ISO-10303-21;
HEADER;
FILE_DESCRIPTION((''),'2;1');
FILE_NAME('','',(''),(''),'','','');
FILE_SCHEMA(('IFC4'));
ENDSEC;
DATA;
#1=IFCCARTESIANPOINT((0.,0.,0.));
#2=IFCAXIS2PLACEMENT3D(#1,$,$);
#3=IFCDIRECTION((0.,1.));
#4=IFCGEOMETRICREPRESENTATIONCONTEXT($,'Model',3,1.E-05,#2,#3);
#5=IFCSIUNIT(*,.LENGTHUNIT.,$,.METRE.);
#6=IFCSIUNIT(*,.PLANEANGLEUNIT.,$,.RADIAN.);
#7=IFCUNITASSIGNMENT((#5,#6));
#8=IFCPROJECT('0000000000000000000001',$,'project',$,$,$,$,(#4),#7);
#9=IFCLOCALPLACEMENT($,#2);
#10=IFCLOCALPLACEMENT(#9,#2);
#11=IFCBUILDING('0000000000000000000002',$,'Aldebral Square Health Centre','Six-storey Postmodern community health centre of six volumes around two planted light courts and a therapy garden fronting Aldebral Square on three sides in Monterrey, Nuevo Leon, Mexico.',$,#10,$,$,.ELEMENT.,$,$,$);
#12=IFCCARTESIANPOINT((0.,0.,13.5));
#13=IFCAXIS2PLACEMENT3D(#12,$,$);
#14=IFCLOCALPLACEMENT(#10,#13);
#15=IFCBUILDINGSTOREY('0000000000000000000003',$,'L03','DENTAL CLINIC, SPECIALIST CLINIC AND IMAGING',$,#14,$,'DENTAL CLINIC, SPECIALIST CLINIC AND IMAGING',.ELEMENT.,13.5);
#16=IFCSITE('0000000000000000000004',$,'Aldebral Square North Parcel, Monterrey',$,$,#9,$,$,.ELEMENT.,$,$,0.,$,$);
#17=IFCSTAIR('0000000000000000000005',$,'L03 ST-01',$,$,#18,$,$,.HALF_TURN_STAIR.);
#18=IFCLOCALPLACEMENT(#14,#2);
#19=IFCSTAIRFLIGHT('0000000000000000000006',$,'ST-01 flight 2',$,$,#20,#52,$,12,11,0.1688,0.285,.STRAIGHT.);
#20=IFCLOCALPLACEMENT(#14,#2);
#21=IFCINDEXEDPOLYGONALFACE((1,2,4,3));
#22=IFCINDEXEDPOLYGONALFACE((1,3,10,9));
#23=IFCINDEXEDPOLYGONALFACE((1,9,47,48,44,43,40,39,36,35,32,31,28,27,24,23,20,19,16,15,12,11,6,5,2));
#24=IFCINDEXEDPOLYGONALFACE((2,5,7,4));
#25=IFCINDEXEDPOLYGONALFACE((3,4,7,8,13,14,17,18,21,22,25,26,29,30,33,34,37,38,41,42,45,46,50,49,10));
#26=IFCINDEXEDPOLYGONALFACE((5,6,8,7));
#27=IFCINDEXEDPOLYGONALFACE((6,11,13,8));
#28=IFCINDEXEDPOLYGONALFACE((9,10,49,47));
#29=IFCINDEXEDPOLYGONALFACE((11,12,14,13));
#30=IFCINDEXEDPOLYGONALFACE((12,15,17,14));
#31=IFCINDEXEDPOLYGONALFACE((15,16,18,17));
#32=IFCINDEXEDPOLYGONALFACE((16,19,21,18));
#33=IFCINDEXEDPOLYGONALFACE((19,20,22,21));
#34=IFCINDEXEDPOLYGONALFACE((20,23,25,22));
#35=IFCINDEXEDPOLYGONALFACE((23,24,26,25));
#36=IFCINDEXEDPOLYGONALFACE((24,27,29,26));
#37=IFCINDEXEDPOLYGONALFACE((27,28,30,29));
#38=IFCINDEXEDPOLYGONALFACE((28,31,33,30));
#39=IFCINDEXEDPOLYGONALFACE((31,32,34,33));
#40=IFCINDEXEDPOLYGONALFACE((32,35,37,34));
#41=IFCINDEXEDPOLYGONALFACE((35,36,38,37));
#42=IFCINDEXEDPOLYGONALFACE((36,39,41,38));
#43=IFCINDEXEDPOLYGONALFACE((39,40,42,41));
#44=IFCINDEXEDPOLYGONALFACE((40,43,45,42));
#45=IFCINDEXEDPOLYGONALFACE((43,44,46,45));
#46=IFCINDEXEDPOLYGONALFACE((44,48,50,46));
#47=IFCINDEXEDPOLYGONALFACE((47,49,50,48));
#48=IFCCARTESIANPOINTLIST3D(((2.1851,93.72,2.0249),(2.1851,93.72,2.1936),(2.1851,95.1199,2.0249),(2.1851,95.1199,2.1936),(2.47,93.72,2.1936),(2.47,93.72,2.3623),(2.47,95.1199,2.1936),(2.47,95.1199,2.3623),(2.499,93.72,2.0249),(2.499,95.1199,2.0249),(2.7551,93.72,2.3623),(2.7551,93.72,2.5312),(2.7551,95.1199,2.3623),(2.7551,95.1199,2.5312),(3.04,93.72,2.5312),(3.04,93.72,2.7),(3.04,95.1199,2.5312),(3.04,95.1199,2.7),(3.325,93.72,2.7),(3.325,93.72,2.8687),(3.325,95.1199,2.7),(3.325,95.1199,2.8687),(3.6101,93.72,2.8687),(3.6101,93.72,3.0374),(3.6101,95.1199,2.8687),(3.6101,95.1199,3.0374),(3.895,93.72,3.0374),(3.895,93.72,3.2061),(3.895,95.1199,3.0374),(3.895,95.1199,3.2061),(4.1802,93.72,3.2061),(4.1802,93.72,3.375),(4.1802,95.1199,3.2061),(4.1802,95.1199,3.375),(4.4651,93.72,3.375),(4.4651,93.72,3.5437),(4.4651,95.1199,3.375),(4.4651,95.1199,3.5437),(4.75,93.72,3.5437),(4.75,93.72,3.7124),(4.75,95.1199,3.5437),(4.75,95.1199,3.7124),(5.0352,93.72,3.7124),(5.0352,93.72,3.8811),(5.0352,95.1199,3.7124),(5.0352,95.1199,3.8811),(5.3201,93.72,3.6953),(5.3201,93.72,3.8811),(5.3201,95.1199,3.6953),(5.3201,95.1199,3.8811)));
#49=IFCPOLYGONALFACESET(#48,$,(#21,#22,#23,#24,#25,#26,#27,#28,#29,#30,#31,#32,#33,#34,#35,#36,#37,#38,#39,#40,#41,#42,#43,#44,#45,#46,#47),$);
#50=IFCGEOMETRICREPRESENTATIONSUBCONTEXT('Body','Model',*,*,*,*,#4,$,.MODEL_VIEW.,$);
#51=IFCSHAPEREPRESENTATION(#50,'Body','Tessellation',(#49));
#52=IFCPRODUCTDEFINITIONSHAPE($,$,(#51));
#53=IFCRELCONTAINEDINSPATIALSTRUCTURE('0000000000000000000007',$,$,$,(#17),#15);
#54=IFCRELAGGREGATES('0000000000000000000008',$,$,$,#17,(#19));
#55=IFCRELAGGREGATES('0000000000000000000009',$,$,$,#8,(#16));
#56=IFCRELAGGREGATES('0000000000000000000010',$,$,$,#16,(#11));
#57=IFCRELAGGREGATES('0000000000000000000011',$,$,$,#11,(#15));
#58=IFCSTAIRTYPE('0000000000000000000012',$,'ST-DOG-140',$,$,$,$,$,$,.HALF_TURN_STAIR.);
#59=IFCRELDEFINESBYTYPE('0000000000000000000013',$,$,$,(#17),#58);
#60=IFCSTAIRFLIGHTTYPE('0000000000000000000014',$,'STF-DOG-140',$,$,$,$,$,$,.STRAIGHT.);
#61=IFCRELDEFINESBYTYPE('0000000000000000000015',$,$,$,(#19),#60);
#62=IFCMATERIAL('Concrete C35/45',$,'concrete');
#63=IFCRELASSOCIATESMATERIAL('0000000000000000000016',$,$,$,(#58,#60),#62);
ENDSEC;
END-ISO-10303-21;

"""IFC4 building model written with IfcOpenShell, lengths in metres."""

from ifc_helpers import new_model, si_unit, direction, frame, origin, place, context, subcontext, project, spatial, polyline, outline, extrude, material, type_object, element, aggregate, save


model = new_model("IFC4")

# Units and contexts
model_context = context("Model", 3, precision=1e-05, world=origin(), true_north=direction((0.0, 1.0)))
body_context = subcontext(model_context, "Body", "Model", "MODEL_VIEW")
ifc_project = project(units=[si_unit("LENGTHUNIT", "METRE"), si_unit("PLANEANGLEUNIT", "RADIAN")], contexts=[model_context])

# Site, building, storey
site_placement = place(None, origin())
site = spatial("IfcSite", under=ifc_project, at=site_placement, Name="Aldebral Square North Parcel, Monterrey", CompositionType="ELEMENT", RefElevation=0.0)
building_placement = place(site_placement, origin())
building = spatial("IfcBuilding", under=site, at=building_placement, Name="Aldebral Square Health Centre", Description="Six-storey Postmodern community health centre of six volumes around two planted light courts and a therapy garden fronting Aldebral Square on three sides in Monterrey, Nuevo Leon, Mexico.", CompositionType="ELEMENT")
storey_placement = place(building_placement, frame((0.0, 0.0, 13.5)))
storey = spatial("IfcBuildingStorey", under=building, at=storey_placement, Name="L03", Description="DENTAL CLINIC, SPECIALIST CLINIC AND IMAGING", LongName="DENTAL CLINIC, SPECIALIST CLINIC AND IMAGING", CompositionType="ELEMENT", Elevation=13.5)

# Stair, stair flight
ifc_material_1 = material(Name="Concrete C35/45", Category="concrete")
stair_type = type_object("IfcStairType", Name="ST-DOG-140", PredefinedType="HALF_TURN_STAIR", material=ifc_material_1)
stair_placement = place(storey_placement, origin())
stair = element("IfcStair", 1, at=stair_placement, inside=storey, type_object=stair_type, Name="L03 ST-01", PredefinedType="HALF_TURN_STAIR")
stair_flight_type = type_object("IfcStairFlightType", Name="STF-DOG-140", PredefinedType="STRAIGHT", material=ifc_material_1)
stair_flight_1_placement = place(storey_placement, frame((2.1851, 94.4199, 2.0249), z_axis=(0.0, 0.0, 1.0), x_axis=(1.0, 0.0, 0.0)))
stair_flight_1 = element("IfcStairFlight", 2, at=stair_flight_1_placement, type_object=stair_flight_type, Name="ST-01 flight 2", NumberOfRisers=12, NumberOfTreads=11, PredefinedType="STRAIGHT", RiserHeight=0.1688, TreadLength=0.285, context=body_context, shape_type="SweptSolid", body=[
    extrude(outline(polyline([(0.0, 0.0), (0.0, 0.1687), (0.2849, 0.1687), (0.2849, 0.3374), (0.5701, 0.3374), (0.5701, 0.5063), (0.855, 0.5063), (0.855, 0.675), (1.1399, 0.675), (1.1399, 0.8438), (1.425, 0.8438), (1.425, 1.0125), (1.71, 1.0125), (1.71, 1.1812), (1.9951, 1.1812), (1.9951, 1.3501), (2.28, 1.3501), (2.28, 1.5188), (2.5649, 1.5188), (2.5649, 1.6875), (2.8501, 1.6875), (2.8501, 1.8562), (3.135, 1.8562), (3.135, 2.0249), (3.135, 1.6704), (0.314, 0.0), (0.0, 0.0)])), frame((0.0, 0.7, 0.0), z_axis=(0.0, -1.0, 0.0), x_axis=(1.0, 0.0, 0.0)), (0.0, 0.0, 1.0), 1.3999),
])
aggregate(stair, [stair_flight_1])

save(model, "model.ifc")
